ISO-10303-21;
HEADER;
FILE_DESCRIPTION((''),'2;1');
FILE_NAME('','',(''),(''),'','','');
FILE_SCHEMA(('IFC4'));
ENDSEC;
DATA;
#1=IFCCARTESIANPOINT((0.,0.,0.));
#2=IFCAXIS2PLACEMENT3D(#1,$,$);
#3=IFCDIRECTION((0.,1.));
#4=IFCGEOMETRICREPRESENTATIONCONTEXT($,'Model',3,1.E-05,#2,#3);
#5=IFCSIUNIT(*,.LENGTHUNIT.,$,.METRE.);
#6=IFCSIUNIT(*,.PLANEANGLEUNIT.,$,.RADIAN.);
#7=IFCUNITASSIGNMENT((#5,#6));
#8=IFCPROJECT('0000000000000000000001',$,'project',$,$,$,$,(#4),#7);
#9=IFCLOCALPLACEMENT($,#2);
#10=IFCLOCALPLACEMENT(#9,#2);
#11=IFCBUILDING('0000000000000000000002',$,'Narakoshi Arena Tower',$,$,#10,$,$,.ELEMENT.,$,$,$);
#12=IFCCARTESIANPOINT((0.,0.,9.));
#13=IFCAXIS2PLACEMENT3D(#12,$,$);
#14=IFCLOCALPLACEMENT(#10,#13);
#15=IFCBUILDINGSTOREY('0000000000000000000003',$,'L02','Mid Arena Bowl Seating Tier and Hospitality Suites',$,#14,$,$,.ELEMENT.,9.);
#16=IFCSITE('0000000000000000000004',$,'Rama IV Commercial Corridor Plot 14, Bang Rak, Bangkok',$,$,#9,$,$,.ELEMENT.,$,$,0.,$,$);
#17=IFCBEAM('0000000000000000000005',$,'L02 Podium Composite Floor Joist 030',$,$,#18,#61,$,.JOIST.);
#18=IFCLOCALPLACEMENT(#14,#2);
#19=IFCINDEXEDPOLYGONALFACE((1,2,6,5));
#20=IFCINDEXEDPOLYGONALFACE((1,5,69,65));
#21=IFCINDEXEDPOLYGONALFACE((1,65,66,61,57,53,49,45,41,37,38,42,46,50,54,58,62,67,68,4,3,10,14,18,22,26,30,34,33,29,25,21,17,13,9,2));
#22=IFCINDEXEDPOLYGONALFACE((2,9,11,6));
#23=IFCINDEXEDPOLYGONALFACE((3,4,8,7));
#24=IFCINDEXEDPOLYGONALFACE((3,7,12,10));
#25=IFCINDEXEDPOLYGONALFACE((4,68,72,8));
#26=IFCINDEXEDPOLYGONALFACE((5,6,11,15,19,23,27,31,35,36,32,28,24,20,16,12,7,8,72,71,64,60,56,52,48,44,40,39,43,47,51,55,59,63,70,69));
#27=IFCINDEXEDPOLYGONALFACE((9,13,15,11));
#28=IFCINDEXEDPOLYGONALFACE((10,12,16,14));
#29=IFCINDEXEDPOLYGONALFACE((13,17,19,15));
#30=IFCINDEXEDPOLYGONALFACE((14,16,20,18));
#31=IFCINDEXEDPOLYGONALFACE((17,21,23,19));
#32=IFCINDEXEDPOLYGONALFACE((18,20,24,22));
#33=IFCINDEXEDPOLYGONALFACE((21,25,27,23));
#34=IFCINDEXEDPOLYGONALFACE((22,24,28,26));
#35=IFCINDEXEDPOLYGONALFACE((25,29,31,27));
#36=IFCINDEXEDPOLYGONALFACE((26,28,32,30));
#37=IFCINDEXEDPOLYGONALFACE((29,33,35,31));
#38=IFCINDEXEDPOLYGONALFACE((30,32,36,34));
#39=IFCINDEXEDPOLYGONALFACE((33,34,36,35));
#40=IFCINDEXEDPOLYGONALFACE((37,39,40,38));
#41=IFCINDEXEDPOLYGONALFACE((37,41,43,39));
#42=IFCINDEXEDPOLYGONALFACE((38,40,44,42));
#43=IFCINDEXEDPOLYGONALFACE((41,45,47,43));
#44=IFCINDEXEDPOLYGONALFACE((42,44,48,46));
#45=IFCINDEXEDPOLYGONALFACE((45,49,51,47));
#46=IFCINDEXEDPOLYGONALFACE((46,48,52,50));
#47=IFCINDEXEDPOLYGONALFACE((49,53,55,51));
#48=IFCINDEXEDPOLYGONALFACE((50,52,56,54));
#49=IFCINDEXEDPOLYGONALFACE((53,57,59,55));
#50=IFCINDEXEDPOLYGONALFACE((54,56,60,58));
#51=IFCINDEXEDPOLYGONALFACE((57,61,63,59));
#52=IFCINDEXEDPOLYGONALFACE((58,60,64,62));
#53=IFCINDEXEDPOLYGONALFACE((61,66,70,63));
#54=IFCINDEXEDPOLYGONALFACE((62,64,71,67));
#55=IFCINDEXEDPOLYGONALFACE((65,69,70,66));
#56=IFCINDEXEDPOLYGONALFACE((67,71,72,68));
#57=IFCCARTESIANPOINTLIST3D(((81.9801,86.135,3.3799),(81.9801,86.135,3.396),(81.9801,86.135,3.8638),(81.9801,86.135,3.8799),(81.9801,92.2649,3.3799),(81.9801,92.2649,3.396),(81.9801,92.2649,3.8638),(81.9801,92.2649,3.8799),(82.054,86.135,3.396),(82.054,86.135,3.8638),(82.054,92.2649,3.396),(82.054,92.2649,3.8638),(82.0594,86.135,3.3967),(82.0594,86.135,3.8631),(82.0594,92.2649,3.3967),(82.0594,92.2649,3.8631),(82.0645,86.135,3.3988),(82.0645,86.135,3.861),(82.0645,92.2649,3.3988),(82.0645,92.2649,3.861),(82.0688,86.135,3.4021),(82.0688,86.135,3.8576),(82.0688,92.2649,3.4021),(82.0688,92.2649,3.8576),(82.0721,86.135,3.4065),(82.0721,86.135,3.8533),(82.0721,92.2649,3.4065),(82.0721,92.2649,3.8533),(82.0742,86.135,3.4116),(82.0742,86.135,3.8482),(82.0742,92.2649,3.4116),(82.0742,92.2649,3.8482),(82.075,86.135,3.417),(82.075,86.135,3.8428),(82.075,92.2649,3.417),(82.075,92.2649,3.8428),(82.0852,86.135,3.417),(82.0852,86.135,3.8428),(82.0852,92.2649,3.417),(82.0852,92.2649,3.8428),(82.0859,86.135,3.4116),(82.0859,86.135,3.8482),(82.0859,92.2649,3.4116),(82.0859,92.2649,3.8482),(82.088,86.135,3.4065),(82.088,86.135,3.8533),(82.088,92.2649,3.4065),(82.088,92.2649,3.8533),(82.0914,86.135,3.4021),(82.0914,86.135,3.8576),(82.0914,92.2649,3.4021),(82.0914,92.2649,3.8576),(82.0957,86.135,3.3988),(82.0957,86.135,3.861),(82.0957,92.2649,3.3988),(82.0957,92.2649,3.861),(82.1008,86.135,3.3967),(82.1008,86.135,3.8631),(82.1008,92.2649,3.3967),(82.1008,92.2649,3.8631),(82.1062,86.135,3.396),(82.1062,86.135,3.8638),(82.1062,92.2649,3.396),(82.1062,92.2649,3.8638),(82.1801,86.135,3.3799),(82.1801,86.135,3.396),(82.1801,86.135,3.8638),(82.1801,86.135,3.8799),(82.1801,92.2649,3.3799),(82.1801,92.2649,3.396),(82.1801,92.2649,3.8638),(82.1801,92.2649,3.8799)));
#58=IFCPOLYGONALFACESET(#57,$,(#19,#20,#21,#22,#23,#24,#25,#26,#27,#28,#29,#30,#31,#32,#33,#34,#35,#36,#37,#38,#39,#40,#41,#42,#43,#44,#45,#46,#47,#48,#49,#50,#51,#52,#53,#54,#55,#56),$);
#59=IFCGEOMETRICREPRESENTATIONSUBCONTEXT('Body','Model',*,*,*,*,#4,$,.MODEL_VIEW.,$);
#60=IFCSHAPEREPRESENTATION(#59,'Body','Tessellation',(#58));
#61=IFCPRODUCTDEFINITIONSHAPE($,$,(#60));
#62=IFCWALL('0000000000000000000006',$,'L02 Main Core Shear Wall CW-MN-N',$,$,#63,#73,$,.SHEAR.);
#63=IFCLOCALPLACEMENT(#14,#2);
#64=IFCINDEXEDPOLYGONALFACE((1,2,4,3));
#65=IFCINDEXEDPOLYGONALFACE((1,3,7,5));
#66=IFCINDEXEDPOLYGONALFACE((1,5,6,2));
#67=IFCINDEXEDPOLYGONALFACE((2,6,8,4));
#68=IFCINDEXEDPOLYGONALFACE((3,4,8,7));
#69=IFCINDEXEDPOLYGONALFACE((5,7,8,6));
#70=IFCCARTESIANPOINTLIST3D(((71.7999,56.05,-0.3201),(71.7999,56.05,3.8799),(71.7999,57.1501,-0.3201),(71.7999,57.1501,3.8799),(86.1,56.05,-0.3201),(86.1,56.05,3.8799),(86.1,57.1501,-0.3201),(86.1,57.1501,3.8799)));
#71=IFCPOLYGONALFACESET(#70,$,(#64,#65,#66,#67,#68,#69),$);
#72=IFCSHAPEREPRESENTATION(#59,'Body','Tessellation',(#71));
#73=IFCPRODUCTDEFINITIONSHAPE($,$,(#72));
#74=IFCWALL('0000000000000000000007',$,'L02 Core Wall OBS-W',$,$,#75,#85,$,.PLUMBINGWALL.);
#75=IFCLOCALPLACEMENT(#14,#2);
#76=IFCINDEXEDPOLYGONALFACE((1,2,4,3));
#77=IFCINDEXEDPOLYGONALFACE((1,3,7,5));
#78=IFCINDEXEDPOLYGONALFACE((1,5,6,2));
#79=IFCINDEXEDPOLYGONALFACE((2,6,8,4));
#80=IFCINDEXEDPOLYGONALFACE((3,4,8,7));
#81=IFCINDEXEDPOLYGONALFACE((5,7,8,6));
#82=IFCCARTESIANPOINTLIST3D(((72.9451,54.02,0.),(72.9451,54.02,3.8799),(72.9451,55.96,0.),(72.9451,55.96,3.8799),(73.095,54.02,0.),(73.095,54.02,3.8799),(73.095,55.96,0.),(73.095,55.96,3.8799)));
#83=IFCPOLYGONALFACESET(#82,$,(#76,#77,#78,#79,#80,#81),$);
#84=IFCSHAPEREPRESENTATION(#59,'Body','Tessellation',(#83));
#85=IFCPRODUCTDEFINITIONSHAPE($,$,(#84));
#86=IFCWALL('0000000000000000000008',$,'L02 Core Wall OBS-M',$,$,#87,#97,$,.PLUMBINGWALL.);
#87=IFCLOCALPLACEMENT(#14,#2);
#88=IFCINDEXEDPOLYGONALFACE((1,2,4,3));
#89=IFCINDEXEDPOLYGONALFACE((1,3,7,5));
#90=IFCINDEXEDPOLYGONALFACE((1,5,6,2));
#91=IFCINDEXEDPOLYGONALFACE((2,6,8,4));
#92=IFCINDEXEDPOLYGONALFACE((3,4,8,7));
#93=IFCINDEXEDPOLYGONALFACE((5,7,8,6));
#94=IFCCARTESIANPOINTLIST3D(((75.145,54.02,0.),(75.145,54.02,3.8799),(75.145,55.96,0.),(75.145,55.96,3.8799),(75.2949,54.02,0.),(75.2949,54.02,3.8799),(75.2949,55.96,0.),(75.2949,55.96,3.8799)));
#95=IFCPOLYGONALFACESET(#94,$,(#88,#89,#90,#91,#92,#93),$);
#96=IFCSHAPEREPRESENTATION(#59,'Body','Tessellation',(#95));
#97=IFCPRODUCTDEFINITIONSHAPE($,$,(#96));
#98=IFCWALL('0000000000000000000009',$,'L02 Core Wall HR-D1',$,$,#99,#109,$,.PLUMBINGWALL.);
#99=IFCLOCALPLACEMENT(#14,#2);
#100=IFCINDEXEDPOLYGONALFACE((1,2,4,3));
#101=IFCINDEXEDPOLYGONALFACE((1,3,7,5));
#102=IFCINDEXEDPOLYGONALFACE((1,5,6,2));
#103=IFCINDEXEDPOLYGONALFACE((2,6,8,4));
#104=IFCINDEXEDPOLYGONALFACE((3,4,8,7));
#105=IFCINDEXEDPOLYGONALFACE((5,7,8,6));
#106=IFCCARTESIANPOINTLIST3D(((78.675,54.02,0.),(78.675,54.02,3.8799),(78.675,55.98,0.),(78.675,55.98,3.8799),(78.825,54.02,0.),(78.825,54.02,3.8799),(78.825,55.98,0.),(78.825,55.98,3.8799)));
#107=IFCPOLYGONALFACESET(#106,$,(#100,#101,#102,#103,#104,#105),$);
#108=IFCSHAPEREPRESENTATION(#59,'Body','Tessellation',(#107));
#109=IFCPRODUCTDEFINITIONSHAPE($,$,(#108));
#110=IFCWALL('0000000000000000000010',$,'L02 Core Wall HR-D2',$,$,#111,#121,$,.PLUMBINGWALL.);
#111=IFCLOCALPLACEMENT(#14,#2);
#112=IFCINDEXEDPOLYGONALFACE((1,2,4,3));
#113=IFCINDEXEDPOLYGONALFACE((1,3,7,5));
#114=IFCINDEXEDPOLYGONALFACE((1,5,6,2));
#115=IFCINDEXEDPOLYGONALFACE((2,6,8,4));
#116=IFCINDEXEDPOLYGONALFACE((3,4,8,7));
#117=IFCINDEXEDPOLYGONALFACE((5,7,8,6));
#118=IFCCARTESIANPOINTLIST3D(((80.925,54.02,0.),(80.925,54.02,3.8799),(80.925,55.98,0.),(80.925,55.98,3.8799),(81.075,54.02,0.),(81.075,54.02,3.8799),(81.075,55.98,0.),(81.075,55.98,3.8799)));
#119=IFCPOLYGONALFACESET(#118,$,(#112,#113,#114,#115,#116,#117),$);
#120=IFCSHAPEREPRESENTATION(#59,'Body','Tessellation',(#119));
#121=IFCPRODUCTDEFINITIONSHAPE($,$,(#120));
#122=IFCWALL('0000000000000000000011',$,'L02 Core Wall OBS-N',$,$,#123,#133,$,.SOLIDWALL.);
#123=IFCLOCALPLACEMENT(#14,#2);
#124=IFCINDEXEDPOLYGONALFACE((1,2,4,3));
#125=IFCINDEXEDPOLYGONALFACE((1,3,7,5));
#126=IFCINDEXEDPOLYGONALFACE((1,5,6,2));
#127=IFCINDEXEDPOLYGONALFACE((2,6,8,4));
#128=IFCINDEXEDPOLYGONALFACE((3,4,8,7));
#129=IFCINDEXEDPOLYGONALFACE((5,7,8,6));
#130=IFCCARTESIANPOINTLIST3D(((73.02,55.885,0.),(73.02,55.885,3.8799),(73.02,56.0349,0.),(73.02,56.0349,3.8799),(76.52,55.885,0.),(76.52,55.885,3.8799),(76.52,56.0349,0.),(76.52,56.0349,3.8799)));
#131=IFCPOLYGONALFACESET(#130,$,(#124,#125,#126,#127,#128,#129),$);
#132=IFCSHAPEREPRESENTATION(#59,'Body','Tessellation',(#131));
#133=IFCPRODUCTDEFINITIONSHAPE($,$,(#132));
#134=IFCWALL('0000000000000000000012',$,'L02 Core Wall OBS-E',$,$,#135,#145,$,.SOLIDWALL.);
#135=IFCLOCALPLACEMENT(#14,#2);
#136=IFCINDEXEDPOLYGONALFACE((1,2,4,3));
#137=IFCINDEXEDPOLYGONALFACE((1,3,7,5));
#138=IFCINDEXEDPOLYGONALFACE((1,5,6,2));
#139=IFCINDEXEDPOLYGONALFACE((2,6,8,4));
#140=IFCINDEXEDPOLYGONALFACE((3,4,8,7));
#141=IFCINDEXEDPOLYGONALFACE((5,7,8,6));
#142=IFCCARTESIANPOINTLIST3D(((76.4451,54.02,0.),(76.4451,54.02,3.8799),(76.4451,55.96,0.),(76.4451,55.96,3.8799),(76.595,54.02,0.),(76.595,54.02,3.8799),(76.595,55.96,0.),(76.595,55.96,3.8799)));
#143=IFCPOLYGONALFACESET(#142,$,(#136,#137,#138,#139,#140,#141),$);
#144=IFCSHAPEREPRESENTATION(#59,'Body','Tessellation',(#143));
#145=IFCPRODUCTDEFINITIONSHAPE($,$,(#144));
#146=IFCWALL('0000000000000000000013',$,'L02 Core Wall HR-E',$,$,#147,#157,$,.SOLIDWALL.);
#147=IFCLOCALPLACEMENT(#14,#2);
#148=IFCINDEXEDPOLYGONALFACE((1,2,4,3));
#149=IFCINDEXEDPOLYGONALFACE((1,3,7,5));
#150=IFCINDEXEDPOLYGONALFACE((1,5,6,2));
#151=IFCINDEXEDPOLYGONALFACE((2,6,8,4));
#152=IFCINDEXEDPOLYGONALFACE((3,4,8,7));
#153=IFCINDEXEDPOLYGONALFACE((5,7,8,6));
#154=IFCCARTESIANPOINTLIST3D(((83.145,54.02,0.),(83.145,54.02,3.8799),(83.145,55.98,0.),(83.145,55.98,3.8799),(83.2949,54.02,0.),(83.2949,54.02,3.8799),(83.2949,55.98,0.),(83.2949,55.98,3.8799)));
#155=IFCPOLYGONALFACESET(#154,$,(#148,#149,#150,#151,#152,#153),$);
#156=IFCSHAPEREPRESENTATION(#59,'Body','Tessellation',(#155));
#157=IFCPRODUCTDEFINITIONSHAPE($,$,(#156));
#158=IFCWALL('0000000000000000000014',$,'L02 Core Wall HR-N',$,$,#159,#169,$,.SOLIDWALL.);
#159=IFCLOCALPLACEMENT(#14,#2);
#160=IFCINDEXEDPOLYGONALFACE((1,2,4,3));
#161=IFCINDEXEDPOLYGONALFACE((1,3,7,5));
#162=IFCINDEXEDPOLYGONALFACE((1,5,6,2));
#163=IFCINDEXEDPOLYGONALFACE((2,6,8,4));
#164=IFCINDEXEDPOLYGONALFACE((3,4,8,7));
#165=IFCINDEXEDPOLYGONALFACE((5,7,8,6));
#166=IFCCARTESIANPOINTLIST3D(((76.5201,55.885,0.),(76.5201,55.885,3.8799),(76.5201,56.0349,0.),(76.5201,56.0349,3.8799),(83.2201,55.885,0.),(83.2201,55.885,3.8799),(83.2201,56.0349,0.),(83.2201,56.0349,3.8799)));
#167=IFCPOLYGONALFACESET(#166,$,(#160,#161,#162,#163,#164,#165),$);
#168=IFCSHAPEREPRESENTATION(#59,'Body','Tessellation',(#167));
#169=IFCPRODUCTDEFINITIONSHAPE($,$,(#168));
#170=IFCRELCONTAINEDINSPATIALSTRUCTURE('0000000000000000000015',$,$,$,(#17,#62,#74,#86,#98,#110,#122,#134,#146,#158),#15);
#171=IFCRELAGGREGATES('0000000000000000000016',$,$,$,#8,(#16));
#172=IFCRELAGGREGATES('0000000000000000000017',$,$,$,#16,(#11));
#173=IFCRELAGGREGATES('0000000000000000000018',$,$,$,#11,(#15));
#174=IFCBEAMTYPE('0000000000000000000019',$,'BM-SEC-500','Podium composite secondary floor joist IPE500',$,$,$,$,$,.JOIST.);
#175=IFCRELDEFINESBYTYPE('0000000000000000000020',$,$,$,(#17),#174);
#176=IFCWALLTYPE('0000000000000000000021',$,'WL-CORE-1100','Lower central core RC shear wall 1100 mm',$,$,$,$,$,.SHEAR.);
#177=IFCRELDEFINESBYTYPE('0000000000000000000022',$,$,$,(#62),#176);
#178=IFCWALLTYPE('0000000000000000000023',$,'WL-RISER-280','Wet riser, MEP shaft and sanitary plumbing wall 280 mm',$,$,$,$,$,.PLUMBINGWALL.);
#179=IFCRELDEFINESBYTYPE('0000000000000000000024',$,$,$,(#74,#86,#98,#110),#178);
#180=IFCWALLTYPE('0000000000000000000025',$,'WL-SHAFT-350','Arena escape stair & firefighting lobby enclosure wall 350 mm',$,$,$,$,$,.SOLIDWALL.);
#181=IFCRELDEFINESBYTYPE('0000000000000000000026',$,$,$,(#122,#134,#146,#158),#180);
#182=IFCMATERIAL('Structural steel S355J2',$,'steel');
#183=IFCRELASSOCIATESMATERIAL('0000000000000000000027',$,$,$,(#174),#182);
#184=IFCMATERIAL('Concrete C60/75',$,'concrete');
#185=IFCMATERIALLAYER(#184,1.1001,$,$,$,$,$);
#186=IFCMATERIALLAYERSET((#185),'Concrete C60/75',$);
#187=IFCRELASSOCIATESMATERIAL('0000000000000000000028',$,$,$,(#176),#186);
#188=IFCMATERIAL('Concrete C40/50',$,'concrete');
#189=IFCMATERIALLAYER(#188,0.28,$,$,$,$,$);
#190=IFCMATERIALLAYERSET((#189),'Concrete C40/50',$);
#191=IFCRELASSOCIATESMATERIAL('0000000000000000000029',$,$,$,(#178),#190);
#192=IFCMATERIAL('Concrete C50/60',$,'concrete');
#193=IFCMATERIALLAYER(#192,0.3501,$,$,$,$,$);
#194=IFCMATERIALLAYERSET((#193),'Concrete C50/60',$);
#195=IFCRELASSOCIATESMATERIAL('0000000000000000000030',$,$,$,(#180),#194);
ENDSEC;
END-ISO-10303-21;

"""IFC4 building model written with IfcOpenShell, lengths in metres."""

from ifc_helpers import new_model, si_unit, direction, frame, frame_2d, origin, origin_2d, place, context, subcontext, project, spatial, rectangle, i_section, extrude, material, layer, layer_set, material_profile, profile_set, type_object, element, save


model = new_model("IFC4")

# Units and contexts
model_context = context("Model", 3, precision=1e-05, world=origin(), true_north=direction((0.0, 1.0)))
body_context = subcontext(model_context, "Body", "Model", "MODEL_VIEW")
ifc_project = project(units=[si_unit("LENGTHUNIT", "METRE"), si_unit("PLANEANGLEUNIT", "RADIAN")], contexts=[model_context])

# Site, building, storey
site_placement = place(None, origin())
site = spatial("IfcSite", under=ifc_project, at=site_placement, Name="Rama IV Commercial Corridor Plot 14, Bang Rak, Bangkok", CompositionType="ELEMENT", RefElevation=0.0)
building_placement = place(site_placement, origin())
building = spatial("IfcBuilding", under=site, at=building_placement, Name="Narakoshi Arena Tower", CompositionType="ELEMENT")
storey_placement = place(building_placement, frame((0.0, 0.0, 9.0)))
storey = spatial("IfcBuildingStorey", under=building, at=storey_placement, Name="L02", Description="Mid Arena Bowl Seating Tier and Hospitality Suites", CompositionType="ELEMENT", Elevation=9.0)

# Shared definitions
ifc_material_1 = material(Name="Concrete C60/75", Category="concrete")

# Beam
ifc_material_2 = material(Name="Structural steel S355J2", Category="steel")
ifc_material_profile_1 = material_profile(ifc_material_2, i_section(OverallWidth=0.2, OverallDepth=0.5, WebThickness=0.0103, FlangeThickness=0.0161, FilletRadius=0.021, at=origin_2d()), Name="IPE500")
ifc_profile_set_1 = profile_set([ifc_material_profile_1], Name="Structural steel S355J2")
beam_type_1 = type_object("IfcBeamType", Name="BM-SEC-500", Description="Podium composite secondary floor joist IPE500", PredefinedType="JOIST", material=ifc_profile_set_1)
beam_1_placement = place(storey_placement, frame((82.0801, 86.135, 3.6299), z_axis=(0.0, 1.0, 0.0), x_axis=(-1.0, 0.0, 0.0)))
element("IfcBeam", 1, at=beam_1_placement, inside=storey, type_object=beam_type_1, Name="L02 Podium Composite Floor Joist 030", PredefinedType="JOIST", context=body_context, shape_type="SweptSolid", body=[
    extrude(i_section(OverallWidth=0.2, OverallDepth=0.5, WebThickness=0.0103, FlangeThickness=0.0161, FilletRadius=0.021, at=origin_2d()), origin(), (0.0, 0.0, 1.0), 6.1299),
])

# Walls
ifc_layer_1 = layer(ifc_material_1, 1.1001)
ifc_layer_set_1 = layer_set([ifc_layer_1], Name="Concrete C60/75")
wall_type_1 = type_object("IfcWallType", Name="WL-CORE-1100", Description="Lower central core RC shear wall 1100 mm", PredefinedType="SHEAR", material=ifc_layer_set_1)
wall_1_placement = place(storey_placement, frame((71.8, 56.6001, -0.3201), z_axis=(0.0, 0.0, 1.0), x_axis=(1.0, 0.0, 0.0)))
element("IfcWall", 2, at=wall_1_placement, inside=storey, type_object=wall_type_1, Name="L02 Main Core Shear Wall CW-MN-N", PredefinedType="SHEAR", context=body_context, shape_type="SweptSolid", body=[
    extrude(rectangle(XDim=14.3, YDim=1.1001, at=frame_2d((7.1499, 0.0))), origin(), (0.0, 0.0, 1.0), 4.2),
])
ifc_material_3 = material(Name="Concrete C40/50", Category="concrete")
ifc_layer_2 = layer(ifc_material_3, 0.28)
ifc_layer_set_2 = layer_set([ifc_layer_2], Name="Concrete C40/50")
wall_type_2 = type_object("IfcWallType", Name="WL-RISER-280", Description="Wet riser, MEP shaft and sanitary plumbing wall 280 mm", PredefinedType="PLUMBINGWALL", material=ifc_layer_set_2)
for number, where, z_axis, x_axis, name in (
    (3, (73.02, 54.02, 0.0), (0.0, 0.0, 1.0), (0.0, 1.0, 0.0), "L02 Core Wall OBS-W"),
    (4, (75.22, 54.02, 0.0), (0.0, 0.0, 1.0), (0.0, 1.0, 0.0), "L02 Core Wall OBS-M"),
):
    element("IfcWall", number, at=place(storey_placement, frame(where, z_axis=z_axis, x_axis=x_axis)), inside=storey, type_object=wall_type_2, Name=name, PredefinedType="PLUMBINGWALL", context=body_context, shape_type="SweptSolid", body=[
        extrude(rectangle(XDim=1.9399, YDim=0.1499, at=frame_2d((0.97, 0.0))), origin(), (0.0, 0.0, 1.0), 3.8799),
    ])
for number, where, z_axis, x_axis, name in (
    (5, (78.75, 54.02, 0.0), (0.0, 0.0, 1.0), (0.0, 1.0, 0.0), "L02 Core Wall HR-D1"),
    (6, (81.0, 54.02, 0.0), (0.0, 0.0, 1.0), (0.0, 1.0, 0.0), "L02 Core Wall HR-D2"),
):
    element("IfcWall", number, at=place(storey_placement, frame(where, z_axis=z_axis, x_axis=x_axis)), inside=storey, type_object=wall_type_2, Name=name, PredefinedType="PLUMBINGWALL", context=body_context, shape_type="SweptSolid", body=[
        extrude(rectangle(XDim=1.96, YDim=0.1499, at=frame_2d((0.98, 0.0))), origin(), (0.0, 0.0, 1.0), 3.8799),
    ])
ifc_material_4 = material(Name="Concrete C50/60", Category="concrete")
ifc_layer_3 = layer(ifc_material_4, 0.3501)
ifc_layer_set_3 = layer_set([ifc_layer_3], Name="Concrete C50/60")
wall_type_3 = type_object("IfcWallType", Name="WL-SHAFT-350", Description="Arena escape stair & firefighting lobby enclosure wall 350 mm", PredefinedType="SOLIDWALL", material=ifc_layer_set_3)
wall_2_placement = place(storey_placement, frame((73.02, 55.96, 0.0), z_axis=(0.0, 0.0, 1.0), x_axis=(1.0, 0.0, 0.0)))
element("IfcWall", 7, at=wall_2_placement, inside=storey, type_object=wall_type_3, Name="L02 Core Wall OBS-N", PredefinedType="SOLIDWALL", context=body_context, shape_type="SweptSolid", body=[
    extrude(rectangle(XDim=3.5, YDim=0.1499, at=frame_2d((1.75, 0.0))), origin(), (0.0, 0.0, 1.0), 3.8799),
])
wall_3_placement = place(storey_placement, frame((76.52, 54.02, 0.0), z_axis=(0.0, 0.0, 1.0), x_axis=(0.0, 1.0, 0.0)))
element("IfcWall", 8, at=wall_3_placement, inside=storey, type_object=wall_type_3, Name="L02 Core Wall OBS-E", PredefinedType="SOLIDWALL", context=body_context, shape_type="SweptSolid", body=[
    extrude(rectangle(XDim=1.9399, YDim=0.1499, at=frame_2d((0.97, 0.0))), origin(), (0.0, 0.0, 1.0), 3.8799),
])
wall_4_placement = place(storey_placement, frame((83.22, 54.02, 0.0), z_axis=(0.0, 0.0, 1.0), x_axis=(0.0, 1.0, 0.0)))
element("IfcWall", 9, at=wall_4_placement, inside=storey, type_object=wall_type_3, Name="L02 Core Wall HR-E", PredefinedType="SOLIDWALL", context=body_context, shape_type="SweptSolid", body=[
    extrude(rectangle(XDim=1.96, YDim=0.1499, at=frame_2d((0.98, 0.0))), origin(), (0.0, 0.0, 1.0), 3.8799),
])
wall_5_placement = place(storey_placement, frame((76.52, 55.96, 0.0), z_axis=(0.0, 0.0, 1.0), x_axis=(1.0, 0.0, 0.0)))
element("IfcWall", 10, at=wall_5_placement, inside=storey, type_object=wall_type_3, Name="L02 Core Wall HR-N", PredefinedType="SOLIDWALL", context=body_context, shape_type="SweptSolid", body=[
    extrude(rectangle(XDim=6.7, YDim=0.1499, at=frame_2d((3.3501, 0.0))), origin(), (0.0, 0.0, 1.0), 3.8799),
])

save(model, "model.ifc")
